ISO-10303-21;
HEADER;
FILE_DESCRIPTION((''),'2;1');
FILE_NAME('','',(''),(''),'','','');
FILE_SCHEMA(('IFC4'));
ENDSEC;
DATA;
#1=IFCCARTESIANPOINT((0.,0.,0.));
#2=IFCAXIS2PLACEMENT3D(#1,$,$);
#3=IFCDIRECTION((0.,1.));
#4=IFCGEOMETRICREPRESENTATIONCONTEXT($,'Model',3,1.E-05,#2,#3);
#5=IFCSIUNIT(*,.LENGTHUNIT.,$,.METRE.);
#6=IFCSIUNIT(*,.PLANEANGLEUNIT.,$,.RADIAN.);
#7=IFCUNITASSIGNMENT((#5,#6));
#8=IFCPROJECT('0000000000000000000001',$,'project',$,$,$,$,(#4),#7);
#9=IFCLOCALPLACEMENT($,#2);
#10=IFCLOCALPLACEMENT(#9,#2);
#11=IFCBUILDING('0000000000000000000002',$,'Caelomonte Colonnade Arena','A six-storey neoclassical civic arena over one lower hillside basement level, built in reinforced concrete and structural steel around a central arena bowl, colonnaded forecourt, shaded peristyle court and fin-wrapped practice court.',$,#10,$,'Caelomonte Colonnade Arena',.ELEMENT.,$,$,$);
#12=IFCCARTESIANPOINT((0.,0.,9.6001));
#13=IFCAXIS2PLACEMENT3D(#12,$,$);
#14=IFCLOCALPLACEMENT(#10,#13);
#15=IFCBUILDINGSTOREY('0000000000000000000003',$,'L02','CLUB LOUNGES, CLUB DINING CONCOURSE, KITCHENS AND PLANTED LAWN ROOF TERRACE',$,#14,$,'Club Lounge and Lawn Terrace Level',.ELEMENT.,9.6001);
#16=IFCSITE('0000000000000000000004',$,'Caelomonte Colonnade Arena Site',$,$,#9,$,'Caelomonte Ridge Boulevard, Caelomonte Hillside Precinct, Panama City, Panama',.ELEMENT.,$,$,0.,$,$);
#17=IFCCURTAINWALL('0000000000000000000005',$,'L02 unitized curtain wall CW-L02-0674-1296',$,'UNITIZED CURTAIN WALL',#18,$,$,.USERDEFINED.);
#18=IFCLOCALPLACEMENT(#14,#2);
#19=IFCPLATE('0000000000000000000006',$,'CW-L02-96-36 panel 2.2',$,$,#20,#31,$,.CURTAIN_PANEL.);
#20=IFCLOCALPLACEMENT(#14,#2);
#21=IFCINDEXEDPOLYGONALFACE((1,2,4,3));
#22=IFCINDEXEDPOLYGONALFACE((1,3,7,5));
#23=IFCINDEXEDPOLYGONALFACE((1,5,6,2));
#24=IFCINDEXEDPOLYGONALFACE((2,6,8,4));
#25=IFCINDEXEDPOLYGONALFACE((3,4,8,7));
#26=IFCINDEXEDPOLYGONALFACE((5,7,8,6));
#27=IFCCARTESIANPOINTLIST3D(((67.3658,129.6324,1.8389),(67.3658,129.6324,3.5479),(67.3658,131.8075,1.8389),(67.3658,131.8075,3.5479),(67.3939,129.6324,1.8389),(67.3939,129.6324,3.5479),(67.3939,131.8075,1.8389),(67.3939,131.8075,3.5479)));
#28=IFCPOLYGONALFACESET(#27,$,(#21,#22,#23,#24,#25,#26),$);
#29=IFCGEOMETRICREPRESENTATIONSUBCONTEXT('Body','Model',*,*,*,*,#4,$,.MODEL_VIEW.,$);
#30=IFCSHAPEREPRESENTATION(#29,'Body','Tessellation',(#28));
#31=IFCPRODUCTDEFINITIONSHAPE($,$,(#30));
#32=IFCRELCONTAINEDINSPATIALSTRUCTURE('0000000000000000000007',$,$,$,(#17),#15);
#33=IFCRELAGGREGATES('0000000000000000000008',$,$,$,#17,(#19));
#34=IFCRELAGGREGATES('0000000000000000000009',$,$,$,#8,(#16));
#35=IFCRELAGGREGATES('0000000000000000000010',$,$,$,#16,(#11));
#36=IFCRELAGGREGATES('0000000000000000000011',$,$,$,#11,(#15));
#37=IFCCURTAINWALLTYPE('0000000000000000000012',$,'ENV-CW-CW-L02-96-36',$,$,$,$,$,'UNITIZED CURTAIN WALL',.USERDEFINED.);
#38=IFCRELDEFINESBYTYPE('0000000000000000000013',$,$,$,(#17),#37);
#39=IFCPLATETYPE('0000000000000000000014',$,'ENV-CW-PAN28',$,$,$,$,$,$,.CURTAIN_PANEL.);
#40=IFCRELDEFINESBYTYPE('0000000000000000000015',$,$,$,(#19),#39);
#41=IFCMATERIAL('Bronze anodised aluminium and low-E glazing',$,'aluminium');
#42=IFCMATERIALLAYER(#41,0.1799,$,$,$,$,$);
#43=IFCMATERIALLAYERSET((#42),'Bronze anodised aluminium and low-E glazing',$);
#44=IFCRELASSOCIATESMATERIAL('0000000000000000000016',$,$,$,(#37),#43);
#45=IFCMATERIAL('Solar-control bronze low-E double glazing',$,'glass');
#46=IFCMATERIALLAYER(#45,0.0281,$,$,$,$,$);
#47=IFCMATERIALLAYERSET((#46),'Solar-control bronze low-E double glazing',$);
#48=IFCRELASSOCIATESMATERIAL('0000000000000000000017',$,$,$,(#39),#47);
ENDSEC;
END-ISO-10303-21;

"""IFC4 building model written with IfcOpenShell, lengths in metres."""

from ifc_helpers import new_model, si_unit, direction, frame, origin, origin_2d, place, context, subcontext, project, spatial, rectangle, extrude, material, layer, layer_set, type_object, element, aggregate, save


model = new_model("IFC4")

# Units and contexts
model_context = context("Model", 3, precision=1e-05, world=origin(), true_north=direction((0.0, 1.0)))
body_context = subcontext(model_context, "Body", "Model", "MODEL_VIEW")
ifc_project = project(units=[si_unit("LENGTHUNIT", "METRE"), si_unit("PLANEANGLEUNIT", "RADIAN")], contexts=[model_context])

# Site, building, storey
site_placement = place(None, origin())
site = spatial("IfcSite", under=ifc_project, at=site_placement, Name="Caelomonte Colonnade Arena Site", LongName="Caelomonte Ridge Boulevard, Caelomonte Hillside Precinct, Panama City, Panama", CompositionType="ELEMENT", RefElevation=0.0)
building_placement = place(site_placement, origin())
building = spatial("IfcBuilding", under=site, at=building_placement, Name="Caelomonte Colonnade Arena", Description="A six-storey neoclassical civic arena over one lower hillside basement level, built in reinforced concrete and structural steel around a central arena bowl, colonnaded forecourt, shaded peristyle court and fin-wrapped practice court.", LongName="Caelomonte Colonnade Arena", CompositionType="ELEMENT")
storey_placement = place(building_placement, frame((0.0, 0.0, 9.6001)))
storey = spatial("IfcBuildingStorey", under=building, at=storey_placement, Name="L02", Description="CLUB LOUNGES, CLUB DINING CONCOURSE, KITCHENS AND PLANTED LAWN ROOF TERRACE", LongName="Club Lounge and Lawn Terrace Level", CompositionType="ELEMENT", Elevation=9.6001)

# Curtain wall
ifc_material_1 = material(Name="Bronze anodised aluminium and low-E glazing", Category="aluminium")
ifc_layer_1 = layer(ifc_material_1, 0.1799)
ifc_layer_set_1 = layer_set([ifc_layer_1], Name="Bronze anodised aluminium and low-E glazing")
curtain_wall_type_1 = type_object("IfcCurtainWallType", Name="ENV-CW-CW-L02-96-36", ElementType="UNITIZED CURTAIN WALL", PredefinedType="USERDEFINED", material=ifc_layer_set_1)
curtain_wall_1_placement = place(storey_placement, origin())
curtain_wall_1 = element("IfcCurtainWall", 1, at=curtain_wall_1_placement, inside=storey, type_object=curtain_wall_type_1, Name="L02 unitized curtain wall CW-L02-0674-1296", ObjectType="UNITIZED CURTAIN WALL", PredefinedType="USERDEFINED")

# Plate
ifc_material_2 = material(Name="Solar-control bronze low-E double glazing", Category="glass")
ifc_layer_2 = layer(ifc_material_2, 0.0281)
ifc_layer_set_2 = layer_set([ifc_layer_2], Name="Solar-control bronze low-E double glazing")
plate_type = type_object("IfcPlateType", Name="ENV-CW-PAN28", PredefinedType="CURTAIN_PANEL", material=ifc_layer_set_2)
plate_1_placement = place(storey_placement, frame((67.3799, 130.72, 1.8389), z_axis=(0.0, 0.0, 1.0), x_axis=(0.0, -1.0, 0.0)))
plate_1 = element("IfcPlate", 2, at=plate_1_placement, type_object=plate_type, Name="CW-L02-96-36 panel 2.2", PredefinedType="CURTAIN_PANEL", context=body_context, shape_type="SweptSolid", body=[
    extrude(rectangle(XDim=2.175, YDim=0.0281, at=origin_2d()), origin(), (0.0, 0.0, 1.0), 1.709),
])
aggregate(curtain_wall_1, [plate_1])

save(model, "model.ifc")
